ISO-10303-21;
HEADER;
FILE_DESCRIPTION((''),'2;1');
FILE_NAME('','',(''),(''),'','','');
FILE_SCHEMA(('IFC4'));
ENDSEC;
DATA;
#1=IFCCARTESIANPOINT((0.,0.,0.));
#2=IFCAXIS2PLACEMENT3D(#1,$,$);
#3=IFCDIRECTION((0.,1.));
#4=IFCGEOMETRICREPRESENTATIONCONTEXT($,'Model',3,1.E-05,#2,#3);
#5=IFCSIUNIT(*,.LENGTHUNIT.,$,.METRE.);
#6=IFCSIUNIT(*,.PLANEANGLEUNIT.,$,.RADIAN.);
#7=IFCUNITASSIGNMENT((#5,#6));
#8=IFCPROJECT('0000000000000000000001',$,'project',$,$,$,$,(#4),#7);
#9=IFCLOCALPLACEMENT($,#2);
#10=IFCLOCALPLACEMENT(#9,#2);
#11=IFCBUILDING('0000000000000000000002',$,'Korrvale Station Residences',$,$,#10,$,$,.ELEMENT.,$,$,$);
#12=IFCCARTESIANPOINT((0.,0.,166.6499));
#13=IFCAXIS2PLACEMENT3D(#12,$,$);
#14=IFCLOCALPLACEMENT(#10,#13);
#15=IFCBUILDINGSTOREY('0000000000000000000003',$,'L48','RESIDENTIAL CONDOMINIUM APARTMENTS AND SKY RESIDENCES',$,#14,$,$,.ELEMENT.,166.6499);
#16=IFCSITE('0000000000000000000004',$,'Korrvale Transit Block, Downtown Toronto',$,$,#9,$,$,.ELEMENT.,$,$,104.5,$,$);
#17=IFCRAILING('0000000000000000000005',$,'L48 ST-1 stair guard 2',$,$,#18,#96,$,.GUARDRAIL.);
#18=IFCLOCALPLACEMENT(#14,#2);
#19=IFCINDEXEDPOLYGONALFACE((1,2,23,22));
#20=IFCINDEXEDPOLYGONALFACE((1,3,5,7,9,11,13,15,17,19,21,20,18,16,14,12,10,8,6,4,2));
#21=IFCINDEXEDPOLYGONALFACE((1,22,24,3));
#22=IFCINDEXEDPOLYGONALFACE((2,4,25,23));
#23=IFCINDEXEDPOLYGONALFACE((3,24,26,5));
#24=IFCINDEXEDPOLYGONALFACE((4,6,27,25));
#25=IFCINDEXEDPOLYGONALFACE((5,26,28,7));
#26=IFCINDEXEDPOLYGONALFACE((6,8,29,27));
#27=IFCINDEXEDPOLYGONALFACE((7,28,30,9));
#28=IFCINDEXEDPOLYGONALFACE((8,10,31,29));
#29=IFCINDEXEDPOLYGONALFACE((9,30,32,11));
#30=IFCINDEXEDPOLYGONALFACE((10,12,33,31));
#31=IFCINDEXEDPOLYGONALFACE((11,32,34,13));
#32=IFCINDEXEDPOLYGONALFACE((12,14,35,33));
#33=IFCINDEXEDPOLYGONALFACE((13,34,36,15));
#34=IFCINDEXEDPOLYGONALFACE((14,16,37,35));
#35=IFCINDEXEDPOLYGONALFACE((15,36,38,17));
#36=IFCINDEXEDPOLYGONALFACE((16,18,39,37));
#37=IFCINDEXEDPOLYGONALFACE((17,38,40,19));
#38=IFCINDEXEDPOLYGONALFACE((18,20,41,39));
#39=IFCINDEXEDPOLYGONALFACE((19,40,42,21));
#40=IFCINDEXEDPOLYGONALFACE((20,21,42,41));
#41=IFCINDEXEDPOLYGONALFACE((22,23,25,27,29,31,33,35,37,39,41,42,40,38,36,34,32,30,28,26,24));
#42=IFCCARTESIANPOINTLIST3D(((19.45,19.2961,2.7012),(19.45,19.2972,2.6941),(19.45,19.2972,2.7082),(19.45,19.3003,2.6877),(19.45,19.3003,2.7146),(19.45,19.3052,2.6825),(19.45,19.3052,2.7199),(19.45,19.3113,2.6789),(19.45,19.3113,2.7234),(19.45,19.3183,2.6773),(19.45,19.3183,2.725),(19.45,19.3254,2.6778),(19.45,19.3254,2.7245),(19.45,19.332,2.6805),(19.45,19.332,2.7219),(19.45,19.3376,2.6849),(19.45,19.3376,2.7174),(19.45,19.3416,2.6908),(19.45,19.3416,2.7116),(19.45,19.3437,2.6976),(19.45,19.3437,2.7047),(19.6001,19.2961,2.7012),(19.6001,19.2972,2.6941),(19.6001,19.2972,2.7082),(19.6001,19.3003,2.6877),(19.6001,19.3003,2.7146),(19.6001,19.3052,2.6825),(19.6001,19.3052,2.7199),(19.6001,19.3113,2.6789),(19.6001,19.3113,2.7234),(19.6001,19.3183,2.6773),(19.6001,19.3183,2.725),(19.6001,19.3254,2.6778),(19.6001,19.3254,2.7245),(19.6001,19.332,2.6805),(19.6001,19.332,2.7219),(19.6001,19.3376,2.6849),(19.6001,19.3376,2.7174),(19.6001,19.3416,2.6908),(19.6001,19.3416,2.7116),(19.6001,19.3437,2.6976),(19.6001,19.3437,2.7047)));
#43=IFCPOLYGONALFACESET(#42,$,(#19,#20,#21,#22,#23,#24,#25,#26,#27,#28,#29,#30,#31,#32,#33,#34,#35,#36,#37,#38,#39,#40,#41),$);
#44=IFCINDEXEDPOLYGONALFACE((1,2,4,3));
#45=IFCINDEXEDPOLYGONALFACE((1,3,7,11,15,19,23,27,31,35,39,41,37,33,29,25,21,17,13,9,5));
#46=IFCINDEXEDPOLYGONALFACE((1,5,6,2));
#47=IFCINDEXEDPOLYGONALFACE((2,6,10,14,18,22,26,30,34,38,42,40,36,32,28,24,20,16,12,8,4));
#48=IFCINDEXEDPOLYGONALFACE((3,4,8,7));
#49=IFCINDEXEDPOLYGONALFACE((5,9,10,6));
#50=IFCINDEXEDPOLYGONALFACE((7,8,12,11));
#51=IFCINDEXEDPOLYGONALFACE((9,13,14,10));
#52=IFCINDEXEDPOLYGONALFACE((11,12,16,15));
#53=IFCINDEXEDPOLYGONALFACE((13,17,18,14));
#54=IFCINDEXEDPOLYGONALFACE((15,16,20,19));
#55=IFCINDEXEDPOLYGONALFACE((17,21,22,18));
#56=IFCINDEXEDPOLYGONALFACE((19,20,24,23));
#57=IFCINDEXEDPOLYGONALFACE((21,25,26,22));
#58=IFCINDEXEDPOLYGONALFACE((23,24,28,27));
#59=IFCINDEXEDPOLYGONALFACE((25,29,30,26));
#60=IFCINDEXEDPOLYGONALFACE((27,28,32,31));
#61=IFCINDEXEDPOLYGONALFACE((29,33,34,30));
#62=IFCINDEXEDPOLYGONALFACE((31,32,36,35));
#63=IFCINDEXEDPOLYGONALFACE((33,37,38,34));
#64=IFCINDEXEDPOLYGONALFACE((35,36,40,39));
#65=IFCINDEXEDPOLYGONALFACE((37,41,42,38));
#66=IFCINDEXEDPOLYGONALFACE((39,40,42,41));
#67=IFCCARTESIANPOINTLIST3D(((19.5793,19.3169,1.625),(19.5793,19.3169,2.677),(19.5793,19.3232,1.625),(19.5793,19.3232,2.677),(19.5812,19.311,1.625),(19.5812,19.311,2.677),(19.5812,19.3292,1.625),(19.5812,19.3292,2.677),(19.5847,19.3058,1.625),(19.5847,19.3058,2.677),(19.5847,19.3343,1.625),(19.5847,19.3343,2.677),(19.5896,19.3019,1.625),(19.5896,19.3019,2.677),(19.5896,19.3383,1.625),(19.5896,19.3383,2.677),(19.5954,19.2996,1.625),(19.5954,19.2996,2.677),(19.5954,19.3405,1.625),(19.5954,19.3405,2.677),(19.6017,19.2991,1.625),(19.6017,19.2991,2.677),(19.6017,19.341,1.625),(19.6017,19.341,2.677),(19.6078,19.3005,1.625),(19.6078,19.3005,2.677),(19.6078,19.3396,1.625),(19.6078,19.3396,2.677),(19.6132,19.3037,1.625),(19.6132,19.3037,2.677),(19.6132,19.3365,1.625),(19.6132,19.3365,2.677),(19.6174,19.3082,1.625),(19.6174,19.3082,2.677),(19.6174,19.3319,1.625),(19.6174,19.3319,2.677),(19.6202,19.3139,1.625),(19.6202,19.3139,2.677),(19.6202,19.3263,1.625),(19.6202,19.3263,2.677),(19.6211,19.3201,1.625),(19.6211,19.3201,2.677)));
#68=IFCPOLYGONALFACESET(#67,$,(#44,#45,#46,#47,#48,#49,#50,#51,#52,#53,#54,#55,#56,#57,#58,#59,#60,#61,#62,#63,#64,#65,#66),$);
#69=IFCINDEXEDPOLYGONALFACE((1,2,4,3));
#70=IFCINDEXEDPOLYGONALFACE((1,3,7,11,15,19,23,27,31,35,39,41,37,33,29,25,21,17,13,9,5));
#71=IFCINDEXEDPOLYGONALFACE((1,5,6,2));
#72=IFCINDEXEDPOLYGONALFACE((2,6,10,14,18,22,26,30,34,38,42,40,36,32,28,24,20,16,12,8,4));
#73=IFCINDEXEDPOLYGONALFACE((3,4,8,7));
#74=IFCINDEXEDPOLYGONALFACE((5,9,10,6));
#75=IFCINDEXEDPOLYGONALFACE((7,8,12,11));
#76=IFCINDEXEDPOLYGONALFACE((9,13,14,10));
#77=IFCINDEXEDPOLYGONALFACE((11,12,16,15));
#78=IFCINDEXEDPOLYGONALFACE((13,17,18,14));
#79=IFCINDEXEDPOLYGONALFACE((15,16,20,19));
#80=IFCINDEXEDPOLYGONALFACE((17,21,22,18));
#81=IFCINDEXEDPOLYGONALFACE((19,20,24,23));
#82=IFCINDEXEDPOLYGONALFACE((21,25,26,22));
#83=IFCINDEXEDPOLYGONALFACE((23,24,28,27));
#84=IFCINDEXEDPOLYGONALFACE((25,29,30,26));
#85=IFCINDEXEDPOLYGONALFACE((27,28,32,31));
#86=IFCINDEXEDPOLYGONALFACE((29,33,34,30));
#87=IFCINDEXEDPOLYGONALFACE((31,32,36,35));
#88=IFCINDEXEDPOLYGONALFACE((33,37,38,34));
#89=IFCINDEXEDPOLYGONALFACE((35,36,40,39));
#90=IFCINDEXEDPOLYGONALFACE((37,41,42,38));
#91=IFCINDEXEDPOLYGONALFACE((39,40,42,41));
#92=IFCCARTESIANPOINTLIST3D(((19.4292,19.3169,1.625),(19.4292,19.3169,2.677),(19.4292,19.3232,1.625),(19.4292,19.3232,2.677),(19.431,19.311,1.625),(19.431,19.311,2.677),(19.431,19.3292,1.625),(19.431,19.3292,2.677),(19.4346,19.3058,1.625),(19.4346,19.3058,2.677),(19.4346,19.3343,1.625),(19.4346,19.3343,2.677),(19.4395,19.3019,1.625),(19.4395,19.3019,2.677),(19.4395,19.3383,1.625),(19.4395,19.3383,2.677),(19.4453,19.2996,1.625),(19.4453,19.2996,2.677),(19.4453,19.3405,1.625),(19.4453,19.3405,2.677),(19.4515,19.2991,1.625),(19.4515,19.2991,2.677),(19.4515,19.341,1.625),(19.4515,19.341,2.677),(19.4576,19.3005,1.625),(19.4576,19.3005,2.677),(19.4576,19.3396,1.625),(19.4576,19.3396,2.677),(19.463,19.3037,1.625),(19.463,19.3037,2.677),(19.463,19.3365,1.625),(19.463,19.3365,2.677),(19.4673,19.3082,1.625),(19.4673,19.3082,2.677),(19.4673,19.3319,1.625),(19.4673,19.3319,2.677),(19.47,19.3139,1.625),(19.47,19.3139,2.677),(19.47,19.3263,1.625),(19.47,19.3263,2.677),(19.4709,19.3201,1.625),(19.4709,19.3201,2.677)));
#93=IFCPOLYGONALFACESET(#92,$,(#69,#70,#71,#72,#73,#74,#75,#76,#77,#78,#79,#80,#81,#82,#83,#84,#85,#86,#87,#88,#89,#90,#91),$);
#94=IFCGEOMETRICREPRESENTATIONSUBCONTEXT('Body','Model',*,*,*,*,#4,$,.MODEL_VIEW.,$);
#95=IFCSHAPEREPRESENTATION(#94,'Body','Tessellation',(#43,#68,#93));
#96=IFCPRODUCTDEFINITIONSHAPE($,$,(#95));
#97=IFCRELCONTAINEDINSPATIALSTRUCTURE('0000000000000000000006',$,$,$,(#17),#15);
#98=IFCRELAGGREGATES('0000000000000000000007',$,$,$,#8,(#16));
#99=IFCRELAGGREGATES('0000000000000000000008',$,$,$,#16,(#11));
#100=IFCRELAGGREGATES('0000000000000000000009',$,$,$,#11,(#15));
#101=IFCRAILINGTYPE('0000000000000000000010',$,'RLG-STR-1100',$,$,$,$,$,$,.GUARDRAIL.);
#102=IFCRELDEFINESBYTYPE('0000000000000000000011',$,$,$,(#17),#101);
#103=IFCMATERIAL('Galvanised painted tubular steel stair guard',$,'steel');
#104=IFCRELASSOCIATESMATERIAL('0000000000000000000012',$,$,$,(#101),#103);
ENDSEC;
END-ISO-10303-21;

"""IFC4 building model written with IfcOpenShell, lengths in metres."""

from ifc_helpers import new_model, si_unit, direction, frame, origin, origin_2d, place, context, subcontext, project, spatial, circle, extrude, material, type_object, element, save


model = new_model("IFC4")

# Units and contexts
model_context = context("Model", 3, precision=1e-05, world=origin(), true_north=direction((0.0, 1.0)))
body_context = subcontext(model_context, "Body", "Model", "MODEL_VIEW")
ifc_project = project(units=[si_unit("LENGTHUNIT", "METRE"), si_unit("PLANEANGLEUNIT", "RADIAN")], contexts=[model_context])

# Site, building, storey
site_placement = place(None, origin())
site = spatial("IfcSite", under=ifc_project, at=site_placement, Name="Korrvale Transit Block, Downtown Toronto", CompositionType="ELEMENT", RefElevation=104.5)
building_placement = place(site_placement, origin())
building = spatial("IfcBuilding", under=site, at=building_placement, Name="Korrvale Station Residences", CompositionType="ELEMENT")
storey_placement = place(building_placement, frame((0.0, 0.0, 166.6499)))
storey = spatial("IfcBuildingStorey", under=building, at=storey_placement, Name="L48", Description="RESIDENTIAL CONDOMINIUM APARTMENTS AND SKY RESIDENCES", CompositionType="ELEMENT", Elevation=166.6499)

# Railing
ifc_material_1 = material(Name="Galvanised painted tubular steel stair guard", Category="steel")
railing_type_1 = type_object("IfcRailingType", Name="RLG-STR-1100", PredefinedType="GUARDRAIL", material=ifc_material_1)
railing_1_placement = place(storey_placement, frame((19.6001, 19.3201, 1.625)))
element("IfcRailing", 1, at=railing_1_placement, inside=storey, type_object=railing_type_1, Name="L48 ST-1 stair guard 2", PredefinedType="GUARDRAIL", context=body_context, shape_type="SweptSolid", body=[
    extrude(circle(Radius=0.0239, at=origin_2d()), frame((0.0, 0.0, 1.0762), z_axis=(-1.0, 0.0, 0.0), x_axis=(0.0, -1.0, 0.0)), (0.0, 0.0, 1.0), 0.1501),
    extrude(circle(Radius=0.021, at=origin_2d()), origin(), (0.0, 0.0, 1.0), 1.052),
    extrude(circle(Radius=0.021, at=origin_2d()), frame((-0.1501, 0.0, 0.0)), (0.0, 0.0, 1.0), 1.052),
])

save(model, "model.ifc")
